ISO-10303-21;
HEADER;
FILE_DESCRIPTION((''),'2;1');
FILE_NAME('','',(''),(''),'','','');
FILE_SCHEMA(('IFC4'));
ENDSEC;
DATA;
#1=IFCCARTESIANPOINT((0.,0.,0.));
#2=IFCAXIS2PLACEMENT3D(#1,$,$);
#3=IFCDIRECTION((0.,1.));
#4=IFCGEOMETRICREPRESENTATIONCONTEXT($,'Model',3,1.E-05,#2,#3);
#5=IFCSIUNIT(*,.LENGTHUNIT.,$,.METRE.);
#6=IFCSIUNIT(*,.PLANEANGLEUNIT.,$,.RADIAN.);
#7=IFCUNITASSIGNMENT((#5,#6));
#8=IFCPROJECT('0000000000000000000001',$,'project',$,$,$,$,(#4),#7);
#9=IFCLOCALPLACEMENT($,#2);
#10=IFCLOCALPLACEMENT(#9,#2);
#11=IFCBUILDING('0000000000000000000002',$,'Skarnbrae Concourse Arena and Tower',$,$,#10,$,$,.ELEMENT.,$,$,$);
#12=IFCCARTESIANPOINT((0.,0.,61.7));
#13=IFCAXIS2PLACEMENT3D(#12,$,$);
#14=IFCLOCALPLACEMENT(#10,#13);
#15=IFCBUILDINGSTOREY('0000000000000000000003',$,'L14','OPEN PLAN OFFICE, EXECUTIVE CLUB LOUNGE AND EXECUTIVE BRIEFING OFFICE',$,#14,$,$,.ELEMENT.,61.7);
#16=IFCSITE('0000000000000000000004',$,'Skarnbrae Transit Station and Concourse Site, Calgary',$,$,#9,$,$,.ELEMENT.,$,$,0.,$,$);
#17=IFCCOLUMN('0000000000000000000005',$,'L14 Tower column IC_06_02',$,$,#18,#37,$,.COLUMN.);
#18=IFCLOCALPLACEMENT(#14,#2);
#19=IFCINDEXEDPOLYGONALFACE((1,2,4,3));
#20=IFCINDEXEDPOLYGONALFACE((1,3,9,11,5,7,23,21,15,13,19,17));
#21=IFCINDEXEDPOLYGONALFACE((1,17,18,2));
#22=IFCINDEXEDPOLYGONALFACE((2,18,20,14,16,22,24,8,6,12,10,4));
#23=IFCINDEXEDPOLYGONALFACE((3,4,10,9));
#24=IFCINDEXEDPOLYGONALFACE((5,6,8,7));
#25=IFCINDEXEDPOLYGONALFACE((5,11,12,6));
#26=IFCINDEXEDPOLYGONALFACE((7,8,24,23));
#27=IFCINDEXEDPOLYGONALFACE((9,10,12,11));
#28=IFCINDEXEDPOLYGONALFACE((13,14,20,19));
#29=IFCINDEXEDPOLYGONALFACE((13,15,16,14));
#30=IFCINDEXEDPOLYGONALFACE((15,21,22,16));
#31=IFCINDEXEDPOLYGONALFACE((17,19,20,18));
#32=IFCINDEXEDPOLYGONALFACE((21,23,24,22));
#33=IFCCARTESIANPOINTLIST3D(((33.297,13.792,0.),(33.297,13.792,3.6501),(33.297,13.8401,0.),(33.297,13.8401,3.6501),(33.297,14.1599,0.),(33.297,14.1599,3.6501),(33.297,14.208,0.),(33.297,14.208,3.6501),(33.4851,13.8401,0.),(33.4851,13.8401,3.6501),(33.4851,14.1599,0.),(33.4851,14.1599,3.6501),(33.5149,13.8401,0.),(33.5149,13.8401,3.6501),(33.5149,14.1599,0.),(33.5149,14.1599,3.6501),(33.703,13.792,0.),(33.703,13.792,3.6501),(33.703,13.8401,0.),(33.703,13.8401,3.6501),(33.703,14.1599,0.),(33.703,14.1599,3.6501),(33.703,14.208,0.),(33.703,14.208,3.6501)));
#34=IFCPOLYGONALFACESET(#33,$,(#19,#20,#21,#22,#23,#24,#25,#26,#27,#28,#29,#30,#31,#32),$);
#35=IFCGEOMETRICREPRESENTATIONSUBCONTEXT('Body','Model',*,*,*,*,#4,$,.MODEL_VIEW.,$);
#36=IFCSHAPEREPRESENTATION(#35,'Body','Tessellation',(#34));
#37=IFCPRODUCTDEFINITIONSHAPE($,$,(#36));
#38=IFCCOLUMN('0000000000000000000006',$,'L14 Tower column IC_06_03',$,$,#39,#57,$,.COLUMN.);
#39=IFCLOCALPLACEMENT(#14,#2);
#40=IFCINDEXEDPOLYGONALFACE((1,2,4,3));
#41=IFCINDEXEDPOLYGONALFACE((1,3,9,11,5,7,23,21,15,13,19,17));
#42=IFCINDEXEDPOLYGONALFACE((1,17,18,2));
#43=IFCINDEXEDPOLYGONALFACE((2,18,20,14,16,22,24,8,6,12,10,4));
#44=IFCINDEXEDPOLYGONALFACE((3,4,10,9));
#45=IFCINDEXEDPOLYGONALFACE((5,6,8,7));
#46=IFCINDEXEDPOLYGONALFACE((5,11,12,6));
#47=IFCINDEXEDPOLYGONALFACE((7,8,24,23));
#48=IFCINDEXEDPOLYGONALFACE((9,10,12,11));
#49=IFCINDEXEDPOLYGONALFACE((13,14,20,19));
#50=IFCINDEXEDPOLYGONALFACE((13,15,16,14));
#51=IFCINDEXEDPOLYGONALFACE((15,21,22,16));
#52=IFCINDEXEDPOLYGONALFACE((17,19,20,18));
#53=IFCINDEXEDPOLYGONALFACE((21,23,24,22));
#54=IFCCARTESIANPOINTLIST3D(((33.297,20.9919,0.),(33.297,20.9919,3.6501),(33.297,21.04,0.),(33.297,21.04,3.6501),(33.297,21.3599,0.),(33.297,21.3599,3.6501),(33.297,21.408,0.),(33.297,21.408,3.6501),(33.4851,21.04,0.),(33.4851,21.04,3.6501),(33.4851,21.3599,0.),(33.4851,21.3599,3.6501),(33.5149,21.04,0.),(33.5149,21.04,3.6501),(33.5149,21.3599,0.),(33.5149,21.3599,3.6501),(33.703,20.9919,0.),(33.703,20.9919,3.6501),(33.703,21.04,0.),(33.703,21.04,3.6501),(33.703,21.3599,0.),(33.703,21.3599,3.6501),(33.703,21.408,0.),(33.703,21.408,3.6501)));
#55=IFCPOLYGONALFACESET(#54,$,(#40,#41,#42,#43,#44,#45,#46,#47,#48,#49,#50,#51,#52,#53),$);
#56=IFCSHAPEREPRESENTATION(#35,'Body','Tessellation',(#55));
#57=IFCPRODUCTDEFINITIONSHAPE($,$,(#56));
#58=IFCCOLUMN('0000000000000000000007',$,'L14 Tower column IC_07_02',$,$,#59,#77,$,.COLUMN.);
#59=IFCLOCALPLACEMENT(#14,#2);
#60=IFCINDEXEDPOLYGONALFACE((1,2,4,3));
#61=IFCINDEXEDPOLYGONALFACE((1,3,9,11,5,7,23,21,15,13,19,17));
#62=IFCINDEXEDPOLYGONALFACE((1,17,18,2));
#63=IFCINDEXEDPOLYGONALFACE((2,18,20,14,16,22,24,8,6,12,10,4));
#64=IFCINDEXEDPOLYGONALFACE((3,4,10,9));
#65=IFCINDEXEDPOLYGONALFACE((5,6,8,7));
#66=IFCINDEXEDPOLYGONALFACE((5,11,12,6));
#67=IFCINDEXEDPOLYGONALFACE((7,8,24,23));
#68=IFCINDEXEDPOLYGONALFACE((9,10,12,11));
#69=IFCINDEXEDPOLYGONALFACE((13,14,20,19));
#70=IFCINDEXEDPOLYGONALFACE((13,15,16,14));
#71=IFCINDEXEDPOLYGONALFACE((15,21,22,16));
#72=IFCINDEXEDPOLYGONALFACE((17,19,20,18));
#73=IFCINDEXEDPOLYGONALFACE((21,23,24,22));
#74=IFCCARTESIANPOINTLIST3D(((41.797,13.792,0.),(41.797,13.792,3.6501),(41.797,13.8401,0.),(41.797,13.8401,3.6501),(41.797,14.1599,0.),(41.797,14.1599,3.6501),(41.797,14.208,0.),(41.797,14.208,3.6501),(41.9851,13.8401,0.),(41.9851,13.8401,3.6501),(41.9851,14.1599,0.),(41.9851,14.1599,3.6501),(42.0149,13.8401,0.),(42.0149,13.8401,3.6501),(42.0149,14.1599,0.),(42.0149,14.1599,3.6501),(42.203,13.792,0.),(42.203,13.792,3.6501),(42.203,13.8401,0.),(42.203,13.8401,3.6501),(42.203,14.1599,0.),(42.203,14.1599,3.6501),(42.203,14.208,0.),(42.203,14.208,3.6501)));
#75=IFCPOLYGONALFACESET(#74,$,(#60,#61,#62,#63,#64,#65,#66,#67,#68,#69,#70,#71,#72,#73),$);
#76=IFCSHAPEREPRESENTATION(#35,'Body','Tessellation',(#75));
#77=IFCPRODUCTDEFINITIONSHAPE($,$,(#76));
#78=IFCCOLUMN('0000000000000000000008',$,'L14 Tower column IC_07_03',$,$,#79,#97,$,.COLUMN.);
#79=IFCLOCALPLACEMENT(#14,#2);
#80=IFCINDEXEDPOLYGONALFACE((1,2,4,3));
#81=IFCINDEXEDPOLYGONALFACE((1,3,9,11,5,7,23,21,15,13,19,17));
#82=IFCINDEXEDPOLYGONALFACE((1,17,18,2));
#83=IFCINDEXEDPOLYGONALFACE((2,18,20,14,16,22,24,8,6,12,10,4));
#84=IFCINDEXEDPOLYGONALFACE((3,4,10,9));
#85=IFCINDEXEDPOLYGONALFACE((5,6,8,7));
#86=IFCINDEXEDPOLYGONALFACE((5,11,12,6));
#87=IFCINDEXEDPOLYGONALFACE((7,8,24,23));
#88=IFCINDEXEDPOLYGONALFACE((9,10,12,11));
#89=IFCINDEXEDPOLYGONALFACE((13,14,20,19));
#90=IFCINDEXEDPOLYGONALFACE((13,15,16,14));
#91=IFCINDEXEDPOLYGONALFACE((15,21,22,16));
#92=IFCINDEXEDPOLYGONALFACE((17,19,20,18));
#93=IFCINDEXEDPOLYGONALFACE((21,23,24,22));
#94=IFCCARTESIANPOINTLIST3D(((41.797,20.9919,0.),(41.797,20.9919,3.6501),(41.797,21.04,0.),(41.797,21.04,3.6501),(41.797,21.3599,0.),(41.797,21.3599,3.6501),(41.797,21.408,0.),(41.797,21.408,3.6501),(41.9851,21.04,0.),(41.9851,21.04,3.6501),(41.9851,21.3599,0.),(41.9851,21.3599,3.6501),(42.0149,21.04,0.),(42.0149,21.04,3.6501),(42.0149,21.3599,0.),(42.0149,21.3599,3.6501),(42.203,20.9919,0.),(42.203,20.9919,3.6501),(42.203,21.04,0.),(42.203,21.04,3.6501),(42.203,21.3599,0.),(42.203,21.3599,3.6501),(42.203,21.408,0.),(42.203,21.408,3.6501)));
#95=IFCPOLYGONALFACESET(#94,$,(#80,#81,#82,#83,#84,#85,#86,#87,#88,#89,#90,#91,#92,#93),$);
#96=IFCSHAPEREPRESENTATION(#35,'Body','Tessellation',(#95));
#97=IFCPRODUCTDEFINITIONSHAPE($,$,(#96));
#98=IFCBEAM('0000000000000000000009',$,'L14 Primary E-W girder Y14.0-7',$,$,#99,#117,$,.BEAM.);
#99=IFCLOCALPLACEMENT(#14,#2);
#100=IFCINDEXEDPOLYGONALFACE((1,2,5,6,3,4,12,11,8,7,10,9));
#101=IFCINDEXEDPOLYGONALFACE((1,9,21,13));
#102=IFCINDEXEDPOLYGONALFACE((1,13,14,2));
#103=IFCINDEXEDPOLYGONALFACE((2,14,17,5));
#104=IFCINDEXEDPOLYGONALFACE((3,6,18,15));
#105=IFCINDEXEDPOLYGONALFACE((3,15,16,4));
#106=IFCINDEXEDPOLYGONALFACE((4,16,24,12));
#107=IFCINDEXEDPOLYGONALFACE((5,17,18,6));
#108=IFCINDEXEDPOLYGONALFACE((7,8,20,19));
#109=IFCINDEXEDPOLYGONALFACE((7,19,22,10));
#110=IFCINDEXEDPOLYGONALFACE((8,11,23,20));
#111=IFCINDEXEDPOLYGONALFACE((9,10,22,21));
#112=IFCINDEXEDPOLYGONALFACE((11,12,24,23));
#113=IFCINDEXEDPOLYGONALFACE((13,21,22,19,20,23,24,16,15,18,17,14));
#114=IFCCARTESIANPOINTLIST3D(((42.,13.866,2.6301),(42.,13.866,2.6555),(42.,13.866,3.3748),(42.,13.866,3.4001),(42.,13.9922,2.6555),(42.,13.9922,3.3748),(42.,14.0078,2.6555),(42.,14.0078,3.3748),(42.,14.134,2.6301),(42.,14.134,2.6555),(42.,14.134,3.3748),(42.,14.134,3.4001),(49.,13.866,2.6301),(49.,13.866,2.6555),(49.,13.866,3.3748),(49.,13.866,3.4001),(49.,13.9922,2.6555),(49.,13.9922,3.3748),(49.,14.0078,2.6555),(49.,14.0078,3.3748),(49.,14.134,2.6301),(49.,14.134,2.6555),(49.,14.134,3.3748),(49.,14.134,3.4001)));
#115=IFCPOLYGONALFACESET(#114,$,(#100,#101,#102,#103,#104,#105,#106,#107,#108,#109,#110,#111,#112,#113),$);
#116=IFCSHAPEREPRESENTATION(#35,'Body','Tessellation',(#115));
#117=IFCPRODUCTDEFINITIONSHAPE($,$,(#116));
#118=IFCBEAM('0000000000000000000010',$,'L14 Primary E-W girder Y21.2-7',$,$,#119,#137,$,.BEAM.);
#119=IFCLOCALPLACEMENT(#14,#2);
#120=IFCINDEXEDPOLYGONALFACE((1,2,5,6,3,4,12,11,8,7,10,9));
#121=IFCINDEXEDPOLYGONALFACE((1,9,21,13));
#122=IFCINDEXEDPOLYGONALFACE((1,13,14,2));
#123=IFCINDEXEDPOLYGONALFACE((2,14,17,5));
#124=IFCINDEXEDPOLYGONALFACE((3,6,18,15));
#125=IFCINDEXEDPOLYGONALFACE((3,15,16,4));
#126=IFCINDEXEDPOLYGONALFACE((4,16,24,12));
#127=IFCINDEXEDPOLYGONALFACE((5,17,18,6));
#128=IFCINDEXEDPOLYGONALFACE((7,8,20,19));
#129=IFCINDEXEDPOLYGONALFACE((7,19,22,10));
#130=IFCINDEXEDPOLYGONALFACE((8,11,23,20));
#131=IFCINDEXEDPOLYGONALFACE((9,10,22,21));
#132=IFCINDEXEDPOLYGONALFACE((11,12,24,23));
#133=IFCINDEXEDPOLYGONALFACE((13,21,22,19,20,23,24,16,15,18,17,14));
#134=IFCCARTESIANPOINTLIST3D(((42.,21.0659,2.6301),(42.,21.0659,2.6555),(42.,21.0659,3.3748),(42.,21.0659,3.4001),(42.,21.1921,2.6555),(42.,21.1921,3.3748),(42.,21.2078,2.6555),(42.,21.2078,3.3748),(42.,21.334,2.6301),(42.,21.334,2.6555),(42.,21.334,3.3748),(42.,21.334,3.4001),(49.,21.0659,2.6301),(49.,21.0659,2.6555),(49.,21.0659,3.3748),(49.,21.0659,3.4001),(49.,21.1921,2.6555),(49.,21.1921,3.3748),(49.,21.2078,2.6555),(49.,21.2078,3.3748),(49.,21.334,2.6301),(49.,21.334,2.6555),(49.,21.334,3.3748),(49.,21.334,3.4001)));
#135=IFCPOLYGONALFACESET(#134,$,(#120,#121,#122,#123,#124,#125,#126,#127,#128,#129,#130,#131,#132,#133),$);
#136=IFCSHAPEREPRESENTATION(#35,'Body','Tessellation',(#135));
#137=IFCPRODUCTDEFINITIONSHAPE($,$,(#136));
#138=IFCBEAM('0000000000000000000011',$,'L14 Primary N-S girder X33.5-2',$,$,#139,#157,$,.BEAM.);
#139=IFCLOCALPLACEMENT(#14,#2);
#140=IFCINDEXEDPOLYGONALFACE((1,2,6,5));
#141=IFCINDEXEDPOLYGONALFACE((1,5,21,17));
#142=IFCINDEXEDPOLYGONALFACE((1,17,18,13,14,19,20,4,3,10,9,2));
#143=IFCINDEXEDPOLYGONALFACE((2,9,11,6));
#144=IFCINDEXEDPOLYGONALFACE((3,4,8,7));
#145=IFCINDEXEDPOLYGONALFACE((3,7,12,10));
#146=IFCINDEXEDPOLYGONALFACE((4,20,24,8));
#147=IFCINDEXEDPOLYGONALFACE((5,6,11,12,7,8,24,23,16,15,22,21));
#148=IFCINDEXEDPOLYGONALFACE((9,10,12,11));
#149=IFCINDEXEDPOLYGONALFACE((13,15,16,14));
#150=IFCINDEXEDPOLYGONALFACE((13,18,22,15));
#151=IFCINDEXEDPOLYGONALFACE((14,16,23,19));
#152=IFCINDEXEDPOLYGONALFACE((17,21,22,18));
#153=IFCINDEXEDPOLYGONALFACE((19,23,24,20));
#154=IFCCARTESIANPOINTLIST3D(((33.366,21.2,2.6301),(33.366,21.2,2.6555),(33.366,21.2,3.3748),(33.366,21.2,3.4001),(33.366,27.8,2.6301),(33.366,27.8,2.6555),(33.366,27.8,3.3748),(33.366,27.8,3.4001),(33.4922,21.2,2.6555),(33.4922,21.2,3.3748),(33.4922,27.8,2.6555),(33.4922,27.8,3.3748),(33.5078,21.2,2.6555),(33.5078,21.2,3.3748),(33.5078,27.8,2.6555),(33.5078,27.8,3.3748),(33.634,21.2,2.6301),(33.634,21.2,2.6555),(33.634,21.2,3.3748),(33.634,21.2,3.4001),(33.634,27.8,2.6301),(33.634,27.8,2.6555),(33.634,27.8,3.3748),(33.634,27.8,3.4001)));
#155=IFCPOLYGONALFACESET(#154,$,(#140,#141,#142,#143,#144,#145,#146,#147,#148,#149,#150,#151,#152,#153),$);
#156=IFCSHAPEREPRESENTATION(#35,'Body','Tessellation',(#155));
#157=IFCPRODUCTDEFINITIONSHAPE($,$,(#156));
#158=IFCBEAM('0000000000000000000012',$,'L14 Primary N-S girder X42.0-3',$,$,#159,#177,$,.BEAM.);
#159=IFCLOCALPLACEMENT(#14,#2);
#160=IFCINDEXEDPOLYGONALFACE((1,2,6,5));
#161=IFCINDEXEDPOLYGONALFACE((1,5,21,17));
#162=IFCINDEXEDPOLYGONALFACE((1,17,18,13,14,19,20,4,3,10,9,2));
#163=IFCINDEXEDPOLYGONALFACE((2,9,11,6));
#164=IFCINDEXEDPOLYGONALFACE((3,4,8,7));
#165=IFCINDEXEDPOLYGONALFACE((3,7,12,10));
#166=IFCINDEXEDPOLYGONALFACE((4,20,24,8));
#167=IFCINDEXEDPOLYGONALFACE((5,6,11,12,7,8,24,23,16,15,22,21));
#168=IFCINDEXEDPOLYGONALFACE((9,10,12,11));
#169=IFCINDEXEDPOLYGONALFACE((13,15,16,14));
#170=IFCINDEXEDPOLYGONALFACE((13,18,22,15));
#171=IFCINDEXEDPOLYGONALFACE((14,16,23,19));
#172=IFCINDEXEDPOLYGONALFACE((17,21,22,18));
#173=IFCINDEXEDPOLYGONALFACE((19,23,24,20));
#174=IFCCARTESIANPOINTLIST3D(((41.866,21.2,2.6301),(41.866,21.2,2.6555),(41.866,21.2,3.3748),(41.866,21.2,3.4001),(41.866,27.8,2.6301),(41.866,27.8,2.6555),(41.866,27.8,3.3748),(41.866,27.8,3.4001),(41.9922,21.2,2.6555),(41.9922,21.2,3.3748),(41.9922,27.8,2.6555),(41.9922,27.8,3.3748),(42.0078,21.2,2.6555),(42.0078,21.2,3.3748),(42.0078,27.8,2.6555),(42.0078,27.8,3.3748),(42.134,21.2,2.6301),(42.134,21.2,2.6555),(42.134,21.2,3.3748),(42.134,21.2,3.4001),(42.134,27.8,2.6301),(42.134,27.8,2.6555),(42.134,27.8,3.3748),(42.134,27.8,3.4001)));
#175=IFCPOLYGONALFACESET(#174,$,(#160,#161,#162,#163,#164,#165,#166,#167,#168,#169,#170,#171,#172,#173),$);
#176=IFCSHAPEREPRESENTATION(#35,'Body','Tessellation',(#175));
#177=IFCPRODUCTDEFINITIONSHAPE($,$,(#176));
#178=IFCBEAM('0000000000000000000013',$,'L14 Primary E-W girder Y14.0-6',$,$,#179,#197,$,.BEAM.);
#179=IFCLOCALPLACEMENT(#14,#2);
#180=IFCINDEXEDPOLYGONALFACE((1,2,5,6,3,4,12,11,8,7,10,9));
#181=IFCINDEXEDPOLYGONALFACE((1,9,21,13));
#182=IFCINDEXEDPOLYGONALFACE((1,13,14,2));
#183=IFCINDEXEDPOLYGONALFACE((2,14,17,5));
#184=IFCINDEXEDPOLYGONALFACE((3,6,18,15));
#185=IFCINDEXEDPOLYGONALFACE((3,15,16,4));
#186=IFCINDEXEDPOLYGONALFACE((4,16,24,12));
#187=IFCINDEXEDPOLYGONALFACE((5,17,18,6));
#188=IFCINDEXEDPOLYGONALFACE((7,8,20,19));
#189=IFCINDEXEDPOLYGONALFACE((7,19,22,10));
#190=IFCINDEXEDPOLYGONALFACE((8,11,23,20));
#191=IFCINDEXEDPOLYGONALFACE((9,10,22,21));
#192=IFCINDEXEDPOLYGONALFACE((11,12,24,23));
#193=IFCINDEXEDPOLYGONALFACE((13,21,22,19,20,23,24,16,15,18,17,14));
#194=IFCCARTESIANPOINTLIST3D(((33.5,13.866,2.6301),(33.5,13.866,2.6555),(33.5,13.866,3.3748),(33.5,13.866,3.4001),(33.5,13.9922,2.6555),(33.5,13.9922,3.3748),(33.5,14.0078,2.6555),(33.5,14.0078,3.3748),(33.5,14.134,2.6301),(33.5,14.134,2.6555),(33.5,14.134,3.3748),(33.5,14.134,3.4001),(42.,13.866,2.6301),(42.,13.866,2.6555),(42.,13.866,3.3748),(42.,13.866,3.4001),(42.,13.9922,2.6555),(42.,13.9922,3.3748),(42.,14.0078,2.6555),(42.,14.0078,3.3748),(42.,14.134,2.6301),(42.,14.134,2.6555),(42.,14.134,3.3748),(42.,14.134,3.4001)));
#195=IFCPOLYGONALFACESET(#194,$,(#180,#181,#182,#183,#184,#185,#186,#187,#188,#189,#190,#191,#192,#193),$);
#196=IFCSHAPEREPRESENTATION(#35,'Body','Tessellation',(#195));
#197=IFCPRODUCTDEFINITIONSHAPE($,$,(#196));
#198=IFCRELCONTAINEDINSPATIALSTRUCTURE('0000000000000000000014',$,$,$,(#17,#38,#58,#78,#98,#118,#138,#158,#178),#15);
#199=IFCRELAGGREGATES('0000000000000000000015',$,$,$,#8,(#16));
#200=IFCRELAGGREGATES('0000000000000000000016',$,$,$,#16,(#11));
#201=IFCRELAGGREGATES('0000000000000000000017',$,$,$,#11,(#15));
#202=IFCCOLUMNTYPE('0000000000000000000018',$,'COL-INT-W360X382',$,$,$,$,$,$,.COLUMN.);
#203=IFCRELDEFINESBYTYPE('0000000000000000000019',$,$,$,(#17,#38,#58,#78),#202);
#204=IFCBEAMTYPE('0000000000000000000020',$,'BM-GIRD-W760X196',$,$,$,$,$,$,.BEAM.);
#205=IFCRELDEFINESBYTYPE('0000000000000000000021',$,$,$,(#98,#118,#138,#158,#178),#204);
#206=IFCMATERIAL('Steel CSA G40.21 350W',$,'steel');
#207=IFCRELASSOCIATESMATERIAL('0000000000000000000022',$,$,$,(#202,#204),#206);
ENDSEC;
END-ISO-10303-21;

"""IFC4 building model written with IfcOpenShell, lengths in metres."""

from ifc_helpers import new_model, si_unit, direction, frame, origin, origin_2d, place, context, subcontext, project, spatial, i_section, extrude, source, transform, mapped, material, material_profile, profile_set, type_object, element, save


model = new_model("IFC4")

# Units and contexts
model_context = context("Model", 3, precision=1e-05, world=origin(), true_north=direction((0.0, 1.0)))
body_context = subcontext(model_context, "Body", "Model", "MODEL_VIEW")
ifc_project = project(units=[si_unit("LENGTHUNIT", "METRE"), si_unit("PLANEANGLEUNIT", "RADIAN")], contexts=[model_context])

# Site, building, storey
site_placement = place(None, origin())
site = spatial("IfcSite", under=ifc_project, at=site_placement, Name="Skarnbrae Transit Station and Concourse Site, Calgary", CompositionType="ELEMENT", RefElevation=0.0)
building_placement = place(site_placement, origin())
building = spatial("IfcBuilding", under=site, at=building_placement, Name="Skarnbrae Concourse Arena and Tower", CompositionType="ELEMENT")
storey_placement = place(building_placement, frame((0.0, 0.0, 61.7)))
storey = spatial("IfcBuildingStorey", under=building, at=storey_placement, Name="L14", Description="OPEN PLAN OFFICE, EXECUTIVE CLUB LOUNGE AND EXECUTIVE BRIEFING OFFICE", CompositionType="ELEMENT", Elevation=61.7)

# Columns
ifc_material_1 = material(Name="Steel CSA G40.21 350W", Category="steel")
ifc_material_profile_1 = material_profile(ifc_material_1, i_section(OverallWidth=0.406, OverallDepth=0.416, WebThickness=0.0298, FlangeThickness=0.0481, at=origin_2d()), Name="W360X382")
ifc_profile_set_1 = profile_set([ifc_material_profile_1], Name="Steel CSA G40.21 350W")
column_type = type_object("IfcColumnType", Name="COL-INT-W360X382", PredefinedType="COLUMN", material=ifc_profile_set_1)
shared_shape_1 = source(origin(), body_context, "Body", "SweptSolid", [
    extrude(i_section(OverallWidth=0.406, OverallDepth=0.416, WebThickness=0.0298, FlangeThickness=0.0481, at=origin_2d()), origin(), (0.0, 0.0, 1.0), 3.6501),
])
for number, where, z_axis, x_axis, name in (
    (1, (33.5, 14.0, 0.0), (0.0, 0.0, 1.0), (1.0, 0.0, 0.0), "L14 Tower column IC_06_02"),
    (2, (33.5, 21.2, 0.0), (0.0, 0.0, 1.0), (1.0, 0.0, 0.0), "L14 Tower column IC_06_03"),
    (3, (42.0, 14.0, 0.0), (0.0, 0.0, 1.0), (1.0, 0.0, 0.0), "L14 Tower column IC_07_02"),
    (4, (42.0, 21.2, 0.0), (0.0, 0.0, 1.0), (1.0, 0.0, 0.0), "L14 Tower column IC_07_03"),
):
    element("IfcColumn", number, at=place(storey_placement, frame(where, z_axis=z_axis, x_axis=x_axis)), inside=storey, type_object=column_type, Name=name, PredefinedType="COLUMN", context=body_context, shape_type="MappedRepresentation", body=[
        mapped(shared_shape_1, transform((0.0, 0.0, 0.0))),
    ])

# Beams
ifc_material_profile_2 = material_profile(ifc_material_1, i_section(OverallWidth=0.2681, OverallDepth=0.77, WebThickness=0.0156, FlangeThickness=0.0254, at=origin_2d()), Name="W760X196")
ifc_profile_set_2 = profile_set([ifc_material_profile_2], Name="Steel CSA G40.21 350W")
beam_type_1 = type_object("IfcBeamType", Name="BM-GIRD-W760X196", PredefinedType="BEAM", material=ifc_profile_set_2)
shared_shape_2 = source(origin(), body_context, "Body", "SweptSolid", [
    extrude(i_section(OverallWidth=0.2681, OverallDepth=0.77, WebThickness=0.0156, FlangeThickness=0.0254, at=origin_2d()), origin(), (0.0, 0.0, 1.0), 7.0),
])
for number, where, z_axis, x_axis, name in (
    (5, (42.0, 14.0, 3.0151), (1.0, 0.0, 0.0), (0.0, 1.0, 0.0), "L14 Primary E-W girder Y14.0-7"),
    (6, (42.0, 21.2, 3.0151), (1.0, 0.0, 0.0), (0.0, 1.0, 0.0), "L14 Primary E-W girder Y21.2-7"),
):
    element("IfcBeam", number, at=place(storey_placement, frame(where, z_axis=z_axis, x_axis=x_axis)), inside=storey, type_object=beam_type_1, Name=name, PredefinedType="BEAM", context=body_context, shape_type="MappedRepresentation", body=[
        mapped(shared_shape_2, transform((0.0, 0.0, 0.0))),
    ])
shared_shape_3 = source(origin(), body_context, "Body", "SweptSolid", [
    extrude(i_section(OverallWidth=0.2681, OverallDepth=0.77, WebThickness=0.0156, FlangeThickness=0.0254, at=origin_2d()), origin(), (0.0, 0.0, 1.0), 6.6001),
])
for number, where, z_axis, x_axis, name in (
    (7, (33.5, 21.2, 3.0151), (0.0, 1.0, 0.0), (-1.0, 0.0, 0.0), "L14 Primary N-S girder X33.5-2"),
    (8, (42.0, 21.2, 3.0151), (0.0, 1.0, 0.0), (-1.0, 0.0, 0.0), "L14 Primary N-S girder X42.0-3"),
):
    element("IfcBeam", number, at=place(storey_placement, frame(where, z_axis=z_axis, x_axis=x_axis)), inside=storey, type_object=beam_type_1, Name=name, PredefinedType="BEAM", context=body_context, shape_type="MappedRepresentation", body=[
        mapped(shared_shape_3, transform((0.0, 0.0, 0.0))),
    ])
shared_shape_4 = source(origin(), body_context, "Body", "SweptSolid", [
    extrude(i_section(OverallWidth=0.2681, OverallDepth=0.77, WebThickness=0.0156, FlangeThickness=0.0254, at=origin_2d()), origin(), (0.0, 0.0, 1.0), 8.5),
])
for number, where, z_axis, x_axis, name in (
    (9, (33.5, 14.0, 3.0151), (1.0, 0.0, 0.0), (0.0, 1.0, 0.0), "L14 Primary E-W girder Y14.0-6"),
):
    element("IfcBeam", number, at=place(storey_placement, frame(where, z_axis=z_axis, x_axis=x_axis)), inside=storey, type_object=beam_type_1, Name=name, PredefinedType="BEAM", context=body_context, shape_type="MappedRepresentation", body=[
        mapped(shared_shape_4, transform((0.0, 0.0, 0.0))),
    ])

save(model, "model.ifc")
